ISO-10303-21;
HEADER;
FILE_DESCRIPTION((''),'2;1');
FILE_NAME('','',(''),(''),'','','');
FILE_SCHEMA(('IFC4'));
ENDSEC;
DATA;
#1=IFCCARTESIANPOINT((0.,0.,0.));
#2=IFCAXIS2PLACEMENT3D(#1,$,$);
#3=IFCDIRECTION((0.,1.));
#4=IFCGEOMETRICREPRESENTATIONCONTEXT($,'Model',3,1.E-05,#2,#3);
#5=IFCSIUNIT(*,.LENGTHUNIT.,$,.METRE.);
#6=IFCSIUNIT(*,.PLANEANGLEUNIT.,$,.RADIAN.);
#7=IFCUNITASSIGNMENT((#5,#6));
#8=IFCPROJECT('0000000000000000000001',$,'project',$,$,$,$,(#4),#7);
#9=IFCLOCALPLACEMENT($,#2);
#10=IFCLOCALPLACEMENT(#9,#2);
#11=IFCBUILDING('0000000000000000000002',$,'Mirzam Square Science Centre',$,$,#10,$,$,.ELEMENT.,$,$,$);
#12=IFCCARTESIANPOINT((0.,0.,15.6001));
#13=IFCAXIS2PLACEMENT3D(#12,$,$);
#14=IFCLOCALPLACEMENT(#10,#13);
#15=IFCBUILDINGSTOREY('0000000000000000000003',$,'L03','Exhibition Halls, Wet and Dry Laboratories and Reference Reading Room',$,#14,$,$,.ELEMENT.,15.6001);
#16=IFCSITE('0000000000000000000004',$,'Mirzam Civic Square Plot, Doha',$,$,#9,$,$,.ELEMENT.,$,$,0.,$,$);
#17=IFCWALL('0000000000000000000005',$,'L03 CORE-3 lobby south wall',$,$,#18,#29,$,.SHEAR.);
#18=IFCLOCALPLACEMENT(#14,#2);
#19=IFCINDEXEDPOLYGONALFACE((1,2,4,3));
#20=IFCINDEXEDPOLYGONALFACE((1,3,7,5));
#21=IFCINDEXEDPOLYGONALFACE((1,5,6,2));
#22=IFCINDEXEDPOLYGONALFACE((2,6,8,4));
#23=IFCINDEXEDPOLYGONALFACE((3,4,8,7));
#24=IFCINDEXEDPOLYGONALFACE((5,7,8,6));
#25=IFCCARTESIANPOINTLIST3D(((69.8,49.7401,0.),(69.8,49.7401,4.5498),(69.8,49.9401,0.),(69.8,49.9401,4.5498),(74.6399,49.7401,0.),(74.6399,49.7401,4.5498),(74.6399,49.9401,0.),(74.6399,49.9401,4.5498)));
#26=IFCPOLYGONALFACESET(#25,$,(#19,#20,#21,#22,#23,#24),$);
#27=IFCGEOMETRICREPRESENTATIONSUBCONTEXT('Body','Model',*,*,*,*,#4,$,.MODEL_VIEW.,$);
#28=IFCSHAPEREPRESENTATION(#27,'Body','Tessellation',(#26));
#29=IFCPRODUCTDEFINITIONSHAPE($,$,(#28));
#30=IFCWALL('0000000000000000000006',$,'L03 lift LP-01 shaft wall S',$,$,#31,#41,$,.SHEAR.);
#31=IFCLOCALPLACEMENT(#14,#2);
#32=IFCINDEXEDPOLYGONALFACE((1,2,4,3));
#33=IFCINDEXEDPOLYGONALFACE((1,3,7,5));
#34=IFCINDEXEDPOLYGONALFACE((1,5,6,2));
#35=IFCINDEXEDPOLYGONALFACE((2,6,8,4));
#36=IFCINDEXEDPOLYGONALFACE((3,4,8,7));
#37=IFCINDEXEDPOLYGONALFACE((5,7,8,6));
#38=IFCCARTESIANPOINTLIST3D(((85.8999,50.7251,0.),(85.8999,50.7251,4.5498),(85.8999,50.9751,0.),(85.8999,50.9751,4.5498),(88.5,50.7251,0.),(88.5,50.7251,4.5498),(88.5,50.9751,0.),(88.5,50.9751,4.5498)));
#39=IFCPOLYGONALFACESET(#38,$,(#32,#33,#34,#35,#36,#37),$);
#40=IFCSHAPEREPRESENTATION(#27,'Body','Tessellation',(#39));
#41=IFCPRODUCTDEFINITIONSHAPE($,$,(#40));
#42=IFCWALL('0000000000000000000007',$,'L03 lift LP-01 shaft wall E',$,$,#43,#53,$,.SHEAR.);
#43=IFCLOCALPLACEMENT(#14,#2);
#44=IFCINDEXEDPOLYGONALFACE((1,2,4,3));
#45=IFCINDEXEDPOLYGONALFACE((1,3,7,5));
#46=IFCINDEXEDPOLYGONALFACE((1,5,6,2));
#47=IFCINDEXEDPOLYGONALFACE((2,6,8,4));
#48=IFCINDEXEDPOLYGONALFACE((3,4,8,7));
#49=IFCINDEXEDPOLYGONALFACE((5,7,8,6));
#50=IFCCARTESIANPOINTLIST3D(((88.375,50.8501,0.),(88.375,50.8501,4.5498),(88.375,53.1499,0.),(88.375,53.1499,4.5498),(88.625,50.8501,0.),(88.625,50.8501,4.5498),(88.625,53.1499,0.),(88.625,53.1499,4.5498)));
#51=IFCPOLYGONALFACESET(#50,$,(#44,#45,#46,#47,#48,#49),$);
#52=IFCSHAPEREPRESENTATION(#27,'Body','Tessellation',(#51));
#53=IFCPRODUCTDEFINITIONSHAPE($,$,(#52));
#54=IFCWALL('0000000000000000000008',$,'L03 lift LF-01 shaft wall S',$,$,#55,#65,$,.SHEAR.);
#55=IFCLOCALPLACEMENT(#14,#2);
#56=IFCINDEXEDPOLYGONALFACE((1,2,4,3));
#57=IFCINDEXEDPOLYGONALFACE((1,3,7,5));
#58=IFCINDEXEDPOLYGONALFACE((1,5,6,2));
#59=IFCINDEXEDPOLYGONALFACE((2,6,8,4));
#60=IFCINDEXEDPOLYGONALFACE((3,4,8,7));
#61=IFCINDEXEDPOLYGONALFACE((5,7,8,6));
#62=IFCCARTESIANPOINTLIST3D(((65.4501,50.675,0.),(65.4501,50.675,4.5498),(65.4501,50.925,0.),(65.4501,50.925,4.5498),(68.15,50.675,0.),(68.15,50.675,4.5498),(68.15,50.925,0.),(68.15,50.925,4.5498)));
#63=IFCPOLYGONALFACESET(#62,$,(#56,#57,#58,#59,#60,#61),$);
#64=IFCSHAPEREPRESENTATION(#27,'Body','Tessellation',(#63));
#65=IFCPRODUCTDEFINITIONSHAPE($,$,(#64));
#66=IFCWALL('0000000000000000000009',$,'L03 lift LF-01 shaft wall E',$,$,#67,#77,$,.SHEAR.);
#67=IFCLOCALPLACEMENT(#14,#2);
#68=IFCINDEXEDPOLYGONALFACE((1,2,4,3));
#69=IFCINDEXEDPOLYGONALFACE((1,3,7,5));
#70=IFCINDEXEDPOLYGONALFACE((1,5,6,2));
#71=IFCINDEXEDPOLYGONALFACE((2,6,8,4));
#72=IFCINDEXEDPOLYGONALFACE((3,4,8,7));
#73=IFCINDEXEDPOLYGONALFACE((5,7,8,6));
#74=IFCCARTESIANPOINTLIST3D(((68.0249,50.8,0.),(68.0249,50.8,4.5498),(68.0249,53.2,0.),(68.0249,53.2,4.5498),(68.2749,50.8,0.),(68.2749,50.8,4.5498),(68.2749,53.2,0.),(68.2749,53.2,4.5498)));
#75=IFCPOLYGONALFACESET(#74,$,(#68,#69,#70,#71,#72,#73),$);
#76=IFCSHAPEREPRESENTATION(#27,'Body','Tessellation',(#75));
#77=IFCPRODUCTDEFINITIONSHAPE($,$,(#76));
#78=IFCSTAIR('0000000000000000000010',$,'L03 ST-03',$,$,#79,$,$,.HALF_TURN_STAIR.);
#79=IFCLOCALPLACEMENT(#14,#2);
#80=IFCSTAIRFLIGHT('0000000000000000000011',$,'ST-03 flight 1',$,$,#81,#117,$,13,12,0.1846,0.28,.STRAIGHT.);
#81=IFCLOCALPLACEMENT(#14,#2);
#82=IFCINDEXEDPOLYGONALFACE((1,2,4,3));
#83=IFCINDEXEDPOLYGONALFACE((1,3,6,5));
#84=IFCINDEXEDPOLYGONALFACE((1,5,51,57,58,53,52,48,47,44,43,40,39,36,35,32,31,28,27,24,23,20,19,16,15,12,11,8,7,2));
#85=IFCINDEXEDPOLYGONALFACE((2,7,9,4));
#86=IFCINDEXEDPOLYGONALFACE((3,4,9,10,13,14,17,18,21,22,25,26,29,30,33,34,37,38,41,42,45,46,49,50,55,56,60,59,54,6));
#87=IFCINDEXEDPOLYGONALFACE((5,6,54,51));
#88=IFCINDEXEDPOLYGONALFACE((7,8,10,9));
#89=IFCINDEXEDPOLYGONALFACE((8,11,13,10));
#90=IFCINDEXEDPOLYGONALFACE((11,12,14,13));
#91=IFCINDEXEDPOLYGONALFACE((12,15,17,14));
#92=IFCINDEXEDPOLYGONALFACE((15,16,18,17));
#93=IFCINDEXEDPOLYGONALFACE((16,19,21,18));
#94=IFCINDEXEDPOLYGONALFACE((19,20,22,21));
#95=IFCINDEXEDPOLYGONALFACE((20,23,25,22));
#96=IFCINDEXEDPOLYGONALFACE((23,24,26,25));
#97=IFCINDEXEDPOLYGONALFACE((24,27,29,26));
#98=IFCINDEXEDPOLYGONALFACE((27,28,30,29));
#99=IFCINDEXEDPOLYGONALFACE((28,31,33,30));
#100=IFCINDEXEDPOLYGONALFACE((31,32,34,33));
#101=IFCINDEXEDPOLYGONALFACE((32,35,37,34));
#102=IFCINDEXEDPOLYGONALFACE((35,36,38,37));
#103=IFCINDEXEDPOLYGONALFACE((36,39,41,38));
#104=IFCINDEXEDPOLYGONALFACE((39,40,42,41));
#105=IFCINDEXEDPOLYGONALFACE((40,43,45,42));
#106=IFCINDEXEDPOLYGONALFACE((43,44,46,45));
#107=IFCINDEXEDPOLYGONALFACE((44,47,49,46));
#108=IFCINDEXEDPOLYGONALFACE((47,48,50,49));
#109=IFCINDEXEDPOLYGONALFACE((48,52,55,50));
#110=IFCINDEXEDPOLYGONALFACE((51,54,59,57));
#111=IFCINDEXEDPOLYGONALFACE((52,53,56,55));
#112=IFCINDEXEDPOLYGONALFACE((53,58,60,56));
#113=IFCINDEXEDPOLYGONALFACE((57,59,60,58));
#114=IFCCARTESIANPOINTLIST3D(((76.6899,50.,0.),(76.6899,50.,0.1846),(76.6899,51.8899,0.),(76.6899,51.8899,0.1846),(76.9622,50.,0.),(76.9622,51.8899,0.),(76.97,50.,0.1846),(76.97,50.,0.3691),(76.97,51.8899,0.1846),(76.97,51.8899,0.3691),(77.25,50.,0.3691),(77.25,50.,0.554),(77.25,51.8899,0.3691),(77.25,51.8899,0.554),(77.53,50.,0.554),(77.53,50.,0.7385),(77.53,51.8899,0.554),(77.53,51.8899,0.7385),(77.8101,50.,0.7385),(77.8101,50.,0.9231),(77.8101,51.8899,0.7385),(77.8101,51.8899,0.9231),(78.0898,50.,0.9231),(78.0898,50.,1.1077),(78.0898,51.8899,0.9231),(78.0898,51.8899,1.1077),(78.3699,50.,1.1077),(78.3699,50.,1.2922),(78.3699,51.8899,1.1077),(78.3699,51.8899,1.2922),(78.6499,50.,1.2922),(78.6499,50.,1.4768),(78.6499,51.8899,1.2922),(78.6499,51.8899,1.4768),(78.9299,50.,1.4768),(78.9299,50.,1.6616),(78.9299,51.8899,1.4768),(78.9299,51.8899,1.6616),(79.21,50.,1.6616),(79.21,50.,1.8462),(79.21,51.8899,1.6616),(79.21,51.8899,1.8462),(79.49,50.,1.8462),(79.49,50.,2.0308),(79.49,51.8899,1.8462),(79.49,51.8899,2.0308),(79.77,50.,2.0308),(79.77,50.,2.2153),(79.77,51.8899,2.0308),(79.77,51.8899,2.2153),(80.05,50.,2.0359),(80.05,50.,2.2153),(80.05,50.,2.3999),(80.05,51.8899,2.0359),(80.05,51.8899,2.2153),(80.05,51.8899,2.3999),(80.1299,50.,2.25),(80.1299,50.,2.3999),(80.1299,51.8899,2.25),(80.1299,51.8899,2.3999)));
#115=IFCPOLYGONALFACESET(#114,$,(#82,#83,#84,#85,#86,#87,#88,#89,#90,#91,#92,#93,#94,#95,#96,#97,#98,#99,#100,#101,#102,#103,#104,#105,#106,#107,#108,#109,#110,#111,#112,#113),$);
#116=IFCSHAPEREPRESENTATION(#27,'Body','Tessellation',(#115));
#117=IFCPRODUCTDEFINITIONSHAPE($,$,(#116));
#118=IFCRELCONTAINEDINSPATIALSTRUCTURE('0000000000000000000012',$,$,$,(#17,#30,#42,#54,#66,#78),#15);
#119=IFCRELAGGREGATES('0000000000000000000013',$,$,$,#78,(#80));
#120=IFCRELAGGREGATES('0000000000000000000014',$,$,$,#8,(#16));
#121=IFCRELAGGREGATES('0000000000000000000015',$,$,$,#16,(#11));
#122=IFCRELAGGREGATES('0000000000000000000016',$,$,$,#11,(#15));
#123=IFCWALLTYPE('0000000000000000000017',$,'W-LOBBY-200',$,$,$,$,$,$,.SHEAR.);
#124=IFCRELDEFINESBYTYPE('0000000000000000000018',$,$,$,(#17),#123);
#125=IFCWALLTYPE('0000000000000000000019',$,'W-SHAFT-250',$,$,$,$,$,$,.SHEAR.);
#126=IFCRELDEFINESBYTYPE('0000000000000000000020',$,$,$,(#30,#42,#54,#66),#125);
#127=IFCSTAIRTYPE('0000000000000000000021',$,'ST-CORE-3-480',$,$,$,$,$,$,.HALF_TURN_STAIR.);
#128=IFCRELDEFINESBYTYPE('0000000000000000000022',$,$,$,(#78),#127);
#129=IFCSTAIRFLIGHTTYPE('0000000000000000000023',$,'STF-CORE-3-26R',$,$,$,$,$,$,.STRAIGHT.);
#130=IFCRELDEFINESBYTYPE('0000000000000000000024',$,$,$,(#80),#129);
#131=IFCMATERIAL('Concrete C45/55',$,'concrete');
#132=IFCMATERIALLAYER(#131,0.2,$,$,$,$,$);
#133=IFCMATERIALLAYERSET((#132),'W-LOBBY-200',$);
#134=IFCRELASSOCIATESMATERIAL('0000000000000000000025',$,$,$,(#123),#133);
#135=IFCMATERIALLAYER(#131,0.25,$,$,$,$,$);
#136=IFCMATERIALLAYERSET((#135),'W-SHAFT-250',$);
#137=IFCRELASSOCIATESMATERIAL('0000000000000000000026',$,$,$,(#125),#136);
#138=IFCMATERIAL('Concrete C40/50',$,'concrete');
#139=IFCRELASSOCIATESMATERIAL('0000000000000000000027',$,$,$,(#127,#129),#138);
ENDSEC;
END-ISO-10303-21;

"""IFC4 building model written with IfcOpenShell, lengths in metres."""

from ifc_helpers import new_model, si_unit, direction, frame, frame_2d, origin, place, context, subcontext, project, spatial, polyline, rectangle, outline, extrude, material, layer, layer_set, type_object, element, aggregate, save


model = new_model("IFC4")

# Units and contexts
model_context = context("Model", 3, precision=1e-05, world=origin(), true_north=direction((0.0, 1.0)))
body_context = subcontext(model_context, "Body", "Model", "MODEL_VIEW")
ifc_project = project(units=[si_unit("LENGTHUNIT", "METRE"), si_unit("PLANEANGLEUNIT", "RADIAN")], contexts=[model_context])

# Site, building, storey
site_placement = place(None, origin())
site = spatial("IfcSite", under=ifc_project, at=site_placement, Name="Mirzam Civic Square Plot, Doha", CompositionType="ELEMENT", RefElevation=0.0)
building_placement = place(site_placement, origin())
building = spatial("IfcBuilding", under=site, at=building_placement, Name="Mirzam Square Science Centre", CompositionType="ELEMENT")
storey_placement = place(building_placement, frame((0.0, 0.0, 15.6001)))
storey = spatial("IfcBuildingStorey", under=building, at=storey_placement, Name="L03", Description="Exhibition Halls, Wet and Dry Laboratories and Reference Reading Room", CompositionType="ELEMENT", Elevation=15.6001)

# Shared definitions
ifc_material_1 = material(Name="Concrete C45/55", Category="concrete")

# Walls
ifc_layer_1 = layer(ifc_material_1, 0.2)
ifc_layer_set_1 = layer_set([ifc_layer_1], Name="W-LOBBY-200")
wall_type_1 = type_object("IfcWallType", Name="W-LOBBY-200", PredefinedType="SHEAR", material=ifc_layer_set_1)
wall_1_placement = place(storey_placement, frame((69.8, 49.8401, 0.0), z_axis=(0.0, 0.0, 1.0), x_axis=(1.0, 0.0, 0.0)))
element("IfcWall", 1, at=wall_1_placement, inside=storey, type_object=wall_type_1, Name="L03 CORE-3 lobby south wall", PredefinedType="SHEAR", context=body_context, shape_type="SweptSolid", body=[
    extrude(rectangle(XDim=4.8398, YDim=0.2, at=frame_2d((2.4199, 0.0))), origin(), (0.0, 0.0, 1.0), 4.5498),
])
ifc_layer_2 = layer(ifc_material_1, 0.25)
ifc_layer_set_2 = layer_set([ifc_layer_2], Name="W-SHAFT-250")
wall_type_2 = type_object("IfcWallType", Name="W-SHAFT-250", PredefinedType="SHEAR", material=ifc_layer_set_2)
wall_2_placement = place(storey_placement, frame((85.8999, 50.8501, 0.0), z_axis=(0.0, 0.0, 1.0), x_axis=(1.0, 0.0, 0.0)))
element("IfcWall", 2, at=wall_2_placement, inside=storey, type_object=wall_type_2, Name="L03 lift LP-01 shaft wall S", PredefinedType="SHEAR", context=body_context, shape_type="SweptSolid", body=[
    extrude(rectangle(XDim=2.6001, YDim=0.25, at=frame_2d((1.3, 0.0))), origin(), (0.0, 0.0, 1.0), 4.5498),
])
wall_3_placement = place(storey_placement, frame((88.5, 50.8501, 0.0), z_axis=(0.0, 0.0, 1.0), x_axis=(0.0, 1.0, 0.0)))
element("IfcWall", 3, at=wall_3_placement, inside=storey, type_object=wall_type_2, Name="L03 lift LP-01 shaft wall E", PredefinedType="SHEAR", context=body_context, shape_type="SweptSolid", body=[
    extrude(rectangle(XDim=2.2998, YDim=0.25, at=frame_2d((1.1499, 0.0))), origin(), (0.0, 0.0, 1.0), 4.5498),
])
wall_4_placement = place(storey_placement, frame((65.45, 50.8, 0.0), z_axis=(0.0, 0.0, 1.0), x_axis=(1.0, 0.0, 0.0)))
element("IfcWall", 4, at=wall_4_placement, inside=storey, type_object=wall_type_2, Name="L03 lift LF-01 shaft wall S", PredefinedType="SHEAR", context=body_context, shape_type="SweptSolid", body=[
    extrude(rectangle(XDim=2.7, YDim=0.25, at=frame_2d((1.3501, 0.0))), origin(), (0.0, 0.0, 1.0), 4.5498),
])
wall_5_placement = place(storey_placement, frame((68.1499, 50.8, 0.0), z_axis=(0.0, 0.0, 1.0), x_axis=(0.0, 1.0, 0.0)))
element("IfcWall", 5, at=wall_5_placement, inside=storey, type_object=wall_type_2, Name="L03 lift LF-01 shaft wall E", PredefinedType="SHEAR", context=body_context, shape_type="SweptSolid", body=[
    extrude(rectangle(XDim=2.3999, YDim=0.25, at=frame_2d((1.2, 0.0))), origin(), (0.0, 0.0, 1.0), 4.5498),
])

# Stair, stair flight
ifc_material_2 = material(Name="Concrete C40/50", Category="concrete")
stair_type = type_object("IfcStairType", Name="ST-CORE-3-480", PredefinedType="HALF_TURN_STAIR", material=ifc_material_2)
stair_placement = place(storey_placement, origin())
stair = element("IfcStair", 6, at=stair_placement, inside=storey, type_object=stair_type, Name="L03 ST-03", PredefinedType="HALF_TURN_STAIR")
stair_flight_type = type_object("IfcStairFlightType", Name="STF-CORE-3-26R", PredefinedType="STRAIGHT", material=ifc_material_2)
stair_flight_placement = place(storey_placement, frame((76.6899, 50.9451, 0.0), z_axis=(0.0, 0.0, 1.0), x_axis=(1.0, 0.0, 0.0)))
stair_flight = element("IfcStairFlight", 7, at=stair_flight_placement, type_object=stair_flight_type, Name="ST-03 flight 1", NumberOfRisers=13, NumberOfTreads=12, PredefinedType="STRAIGHT", RiserHeight=0.1846, TreadLength=0.28, context=body_context, shape_type="SweptSolid", body=[
    extrude(outline(polyline([(0.0, 0.0), (0.0, 0.1846), (0.28, 0.1846), (0.28, 0.3691), (0.5601, 0.3691), (0.5601, 0.554), (0.8401, 0.554), (0.8401, 0.7385), (1.1201, 0.7385), (1.1201, 0.9231), (1.3999, 0.9231), (1.3999, 1.1077), (1.6799, 1.1077), (1.6799, 1.2922), (1.96, 1.2922), (1.96, 1.4768), (2.24, 1.4768), (2.24, 1.6616), (2.52, 1.6616), (2.52, 1.8462), (2.8, 1.8462), (2.8, 2.0308), (3.0801, 2.0308), (3.0801, 2.2153), (3.3601, 2.2153), (3.3601, 2.3999), (3.4399, 2.3999), (3.4399, 2.25), (3.3601, 2.0359), (0.2722, 0.0), (0.0, 0.0)])), frame((0.0, 0.9448, 0.0), z_axis=(0.0, -1.0, 0.0), x_axis=(1.0, 0.0, 0.0)), (0.0, 0.0, 1.0), 1.8899),
])
aggregate(stair, [stair_flight])

save(model, "model.ifc")
